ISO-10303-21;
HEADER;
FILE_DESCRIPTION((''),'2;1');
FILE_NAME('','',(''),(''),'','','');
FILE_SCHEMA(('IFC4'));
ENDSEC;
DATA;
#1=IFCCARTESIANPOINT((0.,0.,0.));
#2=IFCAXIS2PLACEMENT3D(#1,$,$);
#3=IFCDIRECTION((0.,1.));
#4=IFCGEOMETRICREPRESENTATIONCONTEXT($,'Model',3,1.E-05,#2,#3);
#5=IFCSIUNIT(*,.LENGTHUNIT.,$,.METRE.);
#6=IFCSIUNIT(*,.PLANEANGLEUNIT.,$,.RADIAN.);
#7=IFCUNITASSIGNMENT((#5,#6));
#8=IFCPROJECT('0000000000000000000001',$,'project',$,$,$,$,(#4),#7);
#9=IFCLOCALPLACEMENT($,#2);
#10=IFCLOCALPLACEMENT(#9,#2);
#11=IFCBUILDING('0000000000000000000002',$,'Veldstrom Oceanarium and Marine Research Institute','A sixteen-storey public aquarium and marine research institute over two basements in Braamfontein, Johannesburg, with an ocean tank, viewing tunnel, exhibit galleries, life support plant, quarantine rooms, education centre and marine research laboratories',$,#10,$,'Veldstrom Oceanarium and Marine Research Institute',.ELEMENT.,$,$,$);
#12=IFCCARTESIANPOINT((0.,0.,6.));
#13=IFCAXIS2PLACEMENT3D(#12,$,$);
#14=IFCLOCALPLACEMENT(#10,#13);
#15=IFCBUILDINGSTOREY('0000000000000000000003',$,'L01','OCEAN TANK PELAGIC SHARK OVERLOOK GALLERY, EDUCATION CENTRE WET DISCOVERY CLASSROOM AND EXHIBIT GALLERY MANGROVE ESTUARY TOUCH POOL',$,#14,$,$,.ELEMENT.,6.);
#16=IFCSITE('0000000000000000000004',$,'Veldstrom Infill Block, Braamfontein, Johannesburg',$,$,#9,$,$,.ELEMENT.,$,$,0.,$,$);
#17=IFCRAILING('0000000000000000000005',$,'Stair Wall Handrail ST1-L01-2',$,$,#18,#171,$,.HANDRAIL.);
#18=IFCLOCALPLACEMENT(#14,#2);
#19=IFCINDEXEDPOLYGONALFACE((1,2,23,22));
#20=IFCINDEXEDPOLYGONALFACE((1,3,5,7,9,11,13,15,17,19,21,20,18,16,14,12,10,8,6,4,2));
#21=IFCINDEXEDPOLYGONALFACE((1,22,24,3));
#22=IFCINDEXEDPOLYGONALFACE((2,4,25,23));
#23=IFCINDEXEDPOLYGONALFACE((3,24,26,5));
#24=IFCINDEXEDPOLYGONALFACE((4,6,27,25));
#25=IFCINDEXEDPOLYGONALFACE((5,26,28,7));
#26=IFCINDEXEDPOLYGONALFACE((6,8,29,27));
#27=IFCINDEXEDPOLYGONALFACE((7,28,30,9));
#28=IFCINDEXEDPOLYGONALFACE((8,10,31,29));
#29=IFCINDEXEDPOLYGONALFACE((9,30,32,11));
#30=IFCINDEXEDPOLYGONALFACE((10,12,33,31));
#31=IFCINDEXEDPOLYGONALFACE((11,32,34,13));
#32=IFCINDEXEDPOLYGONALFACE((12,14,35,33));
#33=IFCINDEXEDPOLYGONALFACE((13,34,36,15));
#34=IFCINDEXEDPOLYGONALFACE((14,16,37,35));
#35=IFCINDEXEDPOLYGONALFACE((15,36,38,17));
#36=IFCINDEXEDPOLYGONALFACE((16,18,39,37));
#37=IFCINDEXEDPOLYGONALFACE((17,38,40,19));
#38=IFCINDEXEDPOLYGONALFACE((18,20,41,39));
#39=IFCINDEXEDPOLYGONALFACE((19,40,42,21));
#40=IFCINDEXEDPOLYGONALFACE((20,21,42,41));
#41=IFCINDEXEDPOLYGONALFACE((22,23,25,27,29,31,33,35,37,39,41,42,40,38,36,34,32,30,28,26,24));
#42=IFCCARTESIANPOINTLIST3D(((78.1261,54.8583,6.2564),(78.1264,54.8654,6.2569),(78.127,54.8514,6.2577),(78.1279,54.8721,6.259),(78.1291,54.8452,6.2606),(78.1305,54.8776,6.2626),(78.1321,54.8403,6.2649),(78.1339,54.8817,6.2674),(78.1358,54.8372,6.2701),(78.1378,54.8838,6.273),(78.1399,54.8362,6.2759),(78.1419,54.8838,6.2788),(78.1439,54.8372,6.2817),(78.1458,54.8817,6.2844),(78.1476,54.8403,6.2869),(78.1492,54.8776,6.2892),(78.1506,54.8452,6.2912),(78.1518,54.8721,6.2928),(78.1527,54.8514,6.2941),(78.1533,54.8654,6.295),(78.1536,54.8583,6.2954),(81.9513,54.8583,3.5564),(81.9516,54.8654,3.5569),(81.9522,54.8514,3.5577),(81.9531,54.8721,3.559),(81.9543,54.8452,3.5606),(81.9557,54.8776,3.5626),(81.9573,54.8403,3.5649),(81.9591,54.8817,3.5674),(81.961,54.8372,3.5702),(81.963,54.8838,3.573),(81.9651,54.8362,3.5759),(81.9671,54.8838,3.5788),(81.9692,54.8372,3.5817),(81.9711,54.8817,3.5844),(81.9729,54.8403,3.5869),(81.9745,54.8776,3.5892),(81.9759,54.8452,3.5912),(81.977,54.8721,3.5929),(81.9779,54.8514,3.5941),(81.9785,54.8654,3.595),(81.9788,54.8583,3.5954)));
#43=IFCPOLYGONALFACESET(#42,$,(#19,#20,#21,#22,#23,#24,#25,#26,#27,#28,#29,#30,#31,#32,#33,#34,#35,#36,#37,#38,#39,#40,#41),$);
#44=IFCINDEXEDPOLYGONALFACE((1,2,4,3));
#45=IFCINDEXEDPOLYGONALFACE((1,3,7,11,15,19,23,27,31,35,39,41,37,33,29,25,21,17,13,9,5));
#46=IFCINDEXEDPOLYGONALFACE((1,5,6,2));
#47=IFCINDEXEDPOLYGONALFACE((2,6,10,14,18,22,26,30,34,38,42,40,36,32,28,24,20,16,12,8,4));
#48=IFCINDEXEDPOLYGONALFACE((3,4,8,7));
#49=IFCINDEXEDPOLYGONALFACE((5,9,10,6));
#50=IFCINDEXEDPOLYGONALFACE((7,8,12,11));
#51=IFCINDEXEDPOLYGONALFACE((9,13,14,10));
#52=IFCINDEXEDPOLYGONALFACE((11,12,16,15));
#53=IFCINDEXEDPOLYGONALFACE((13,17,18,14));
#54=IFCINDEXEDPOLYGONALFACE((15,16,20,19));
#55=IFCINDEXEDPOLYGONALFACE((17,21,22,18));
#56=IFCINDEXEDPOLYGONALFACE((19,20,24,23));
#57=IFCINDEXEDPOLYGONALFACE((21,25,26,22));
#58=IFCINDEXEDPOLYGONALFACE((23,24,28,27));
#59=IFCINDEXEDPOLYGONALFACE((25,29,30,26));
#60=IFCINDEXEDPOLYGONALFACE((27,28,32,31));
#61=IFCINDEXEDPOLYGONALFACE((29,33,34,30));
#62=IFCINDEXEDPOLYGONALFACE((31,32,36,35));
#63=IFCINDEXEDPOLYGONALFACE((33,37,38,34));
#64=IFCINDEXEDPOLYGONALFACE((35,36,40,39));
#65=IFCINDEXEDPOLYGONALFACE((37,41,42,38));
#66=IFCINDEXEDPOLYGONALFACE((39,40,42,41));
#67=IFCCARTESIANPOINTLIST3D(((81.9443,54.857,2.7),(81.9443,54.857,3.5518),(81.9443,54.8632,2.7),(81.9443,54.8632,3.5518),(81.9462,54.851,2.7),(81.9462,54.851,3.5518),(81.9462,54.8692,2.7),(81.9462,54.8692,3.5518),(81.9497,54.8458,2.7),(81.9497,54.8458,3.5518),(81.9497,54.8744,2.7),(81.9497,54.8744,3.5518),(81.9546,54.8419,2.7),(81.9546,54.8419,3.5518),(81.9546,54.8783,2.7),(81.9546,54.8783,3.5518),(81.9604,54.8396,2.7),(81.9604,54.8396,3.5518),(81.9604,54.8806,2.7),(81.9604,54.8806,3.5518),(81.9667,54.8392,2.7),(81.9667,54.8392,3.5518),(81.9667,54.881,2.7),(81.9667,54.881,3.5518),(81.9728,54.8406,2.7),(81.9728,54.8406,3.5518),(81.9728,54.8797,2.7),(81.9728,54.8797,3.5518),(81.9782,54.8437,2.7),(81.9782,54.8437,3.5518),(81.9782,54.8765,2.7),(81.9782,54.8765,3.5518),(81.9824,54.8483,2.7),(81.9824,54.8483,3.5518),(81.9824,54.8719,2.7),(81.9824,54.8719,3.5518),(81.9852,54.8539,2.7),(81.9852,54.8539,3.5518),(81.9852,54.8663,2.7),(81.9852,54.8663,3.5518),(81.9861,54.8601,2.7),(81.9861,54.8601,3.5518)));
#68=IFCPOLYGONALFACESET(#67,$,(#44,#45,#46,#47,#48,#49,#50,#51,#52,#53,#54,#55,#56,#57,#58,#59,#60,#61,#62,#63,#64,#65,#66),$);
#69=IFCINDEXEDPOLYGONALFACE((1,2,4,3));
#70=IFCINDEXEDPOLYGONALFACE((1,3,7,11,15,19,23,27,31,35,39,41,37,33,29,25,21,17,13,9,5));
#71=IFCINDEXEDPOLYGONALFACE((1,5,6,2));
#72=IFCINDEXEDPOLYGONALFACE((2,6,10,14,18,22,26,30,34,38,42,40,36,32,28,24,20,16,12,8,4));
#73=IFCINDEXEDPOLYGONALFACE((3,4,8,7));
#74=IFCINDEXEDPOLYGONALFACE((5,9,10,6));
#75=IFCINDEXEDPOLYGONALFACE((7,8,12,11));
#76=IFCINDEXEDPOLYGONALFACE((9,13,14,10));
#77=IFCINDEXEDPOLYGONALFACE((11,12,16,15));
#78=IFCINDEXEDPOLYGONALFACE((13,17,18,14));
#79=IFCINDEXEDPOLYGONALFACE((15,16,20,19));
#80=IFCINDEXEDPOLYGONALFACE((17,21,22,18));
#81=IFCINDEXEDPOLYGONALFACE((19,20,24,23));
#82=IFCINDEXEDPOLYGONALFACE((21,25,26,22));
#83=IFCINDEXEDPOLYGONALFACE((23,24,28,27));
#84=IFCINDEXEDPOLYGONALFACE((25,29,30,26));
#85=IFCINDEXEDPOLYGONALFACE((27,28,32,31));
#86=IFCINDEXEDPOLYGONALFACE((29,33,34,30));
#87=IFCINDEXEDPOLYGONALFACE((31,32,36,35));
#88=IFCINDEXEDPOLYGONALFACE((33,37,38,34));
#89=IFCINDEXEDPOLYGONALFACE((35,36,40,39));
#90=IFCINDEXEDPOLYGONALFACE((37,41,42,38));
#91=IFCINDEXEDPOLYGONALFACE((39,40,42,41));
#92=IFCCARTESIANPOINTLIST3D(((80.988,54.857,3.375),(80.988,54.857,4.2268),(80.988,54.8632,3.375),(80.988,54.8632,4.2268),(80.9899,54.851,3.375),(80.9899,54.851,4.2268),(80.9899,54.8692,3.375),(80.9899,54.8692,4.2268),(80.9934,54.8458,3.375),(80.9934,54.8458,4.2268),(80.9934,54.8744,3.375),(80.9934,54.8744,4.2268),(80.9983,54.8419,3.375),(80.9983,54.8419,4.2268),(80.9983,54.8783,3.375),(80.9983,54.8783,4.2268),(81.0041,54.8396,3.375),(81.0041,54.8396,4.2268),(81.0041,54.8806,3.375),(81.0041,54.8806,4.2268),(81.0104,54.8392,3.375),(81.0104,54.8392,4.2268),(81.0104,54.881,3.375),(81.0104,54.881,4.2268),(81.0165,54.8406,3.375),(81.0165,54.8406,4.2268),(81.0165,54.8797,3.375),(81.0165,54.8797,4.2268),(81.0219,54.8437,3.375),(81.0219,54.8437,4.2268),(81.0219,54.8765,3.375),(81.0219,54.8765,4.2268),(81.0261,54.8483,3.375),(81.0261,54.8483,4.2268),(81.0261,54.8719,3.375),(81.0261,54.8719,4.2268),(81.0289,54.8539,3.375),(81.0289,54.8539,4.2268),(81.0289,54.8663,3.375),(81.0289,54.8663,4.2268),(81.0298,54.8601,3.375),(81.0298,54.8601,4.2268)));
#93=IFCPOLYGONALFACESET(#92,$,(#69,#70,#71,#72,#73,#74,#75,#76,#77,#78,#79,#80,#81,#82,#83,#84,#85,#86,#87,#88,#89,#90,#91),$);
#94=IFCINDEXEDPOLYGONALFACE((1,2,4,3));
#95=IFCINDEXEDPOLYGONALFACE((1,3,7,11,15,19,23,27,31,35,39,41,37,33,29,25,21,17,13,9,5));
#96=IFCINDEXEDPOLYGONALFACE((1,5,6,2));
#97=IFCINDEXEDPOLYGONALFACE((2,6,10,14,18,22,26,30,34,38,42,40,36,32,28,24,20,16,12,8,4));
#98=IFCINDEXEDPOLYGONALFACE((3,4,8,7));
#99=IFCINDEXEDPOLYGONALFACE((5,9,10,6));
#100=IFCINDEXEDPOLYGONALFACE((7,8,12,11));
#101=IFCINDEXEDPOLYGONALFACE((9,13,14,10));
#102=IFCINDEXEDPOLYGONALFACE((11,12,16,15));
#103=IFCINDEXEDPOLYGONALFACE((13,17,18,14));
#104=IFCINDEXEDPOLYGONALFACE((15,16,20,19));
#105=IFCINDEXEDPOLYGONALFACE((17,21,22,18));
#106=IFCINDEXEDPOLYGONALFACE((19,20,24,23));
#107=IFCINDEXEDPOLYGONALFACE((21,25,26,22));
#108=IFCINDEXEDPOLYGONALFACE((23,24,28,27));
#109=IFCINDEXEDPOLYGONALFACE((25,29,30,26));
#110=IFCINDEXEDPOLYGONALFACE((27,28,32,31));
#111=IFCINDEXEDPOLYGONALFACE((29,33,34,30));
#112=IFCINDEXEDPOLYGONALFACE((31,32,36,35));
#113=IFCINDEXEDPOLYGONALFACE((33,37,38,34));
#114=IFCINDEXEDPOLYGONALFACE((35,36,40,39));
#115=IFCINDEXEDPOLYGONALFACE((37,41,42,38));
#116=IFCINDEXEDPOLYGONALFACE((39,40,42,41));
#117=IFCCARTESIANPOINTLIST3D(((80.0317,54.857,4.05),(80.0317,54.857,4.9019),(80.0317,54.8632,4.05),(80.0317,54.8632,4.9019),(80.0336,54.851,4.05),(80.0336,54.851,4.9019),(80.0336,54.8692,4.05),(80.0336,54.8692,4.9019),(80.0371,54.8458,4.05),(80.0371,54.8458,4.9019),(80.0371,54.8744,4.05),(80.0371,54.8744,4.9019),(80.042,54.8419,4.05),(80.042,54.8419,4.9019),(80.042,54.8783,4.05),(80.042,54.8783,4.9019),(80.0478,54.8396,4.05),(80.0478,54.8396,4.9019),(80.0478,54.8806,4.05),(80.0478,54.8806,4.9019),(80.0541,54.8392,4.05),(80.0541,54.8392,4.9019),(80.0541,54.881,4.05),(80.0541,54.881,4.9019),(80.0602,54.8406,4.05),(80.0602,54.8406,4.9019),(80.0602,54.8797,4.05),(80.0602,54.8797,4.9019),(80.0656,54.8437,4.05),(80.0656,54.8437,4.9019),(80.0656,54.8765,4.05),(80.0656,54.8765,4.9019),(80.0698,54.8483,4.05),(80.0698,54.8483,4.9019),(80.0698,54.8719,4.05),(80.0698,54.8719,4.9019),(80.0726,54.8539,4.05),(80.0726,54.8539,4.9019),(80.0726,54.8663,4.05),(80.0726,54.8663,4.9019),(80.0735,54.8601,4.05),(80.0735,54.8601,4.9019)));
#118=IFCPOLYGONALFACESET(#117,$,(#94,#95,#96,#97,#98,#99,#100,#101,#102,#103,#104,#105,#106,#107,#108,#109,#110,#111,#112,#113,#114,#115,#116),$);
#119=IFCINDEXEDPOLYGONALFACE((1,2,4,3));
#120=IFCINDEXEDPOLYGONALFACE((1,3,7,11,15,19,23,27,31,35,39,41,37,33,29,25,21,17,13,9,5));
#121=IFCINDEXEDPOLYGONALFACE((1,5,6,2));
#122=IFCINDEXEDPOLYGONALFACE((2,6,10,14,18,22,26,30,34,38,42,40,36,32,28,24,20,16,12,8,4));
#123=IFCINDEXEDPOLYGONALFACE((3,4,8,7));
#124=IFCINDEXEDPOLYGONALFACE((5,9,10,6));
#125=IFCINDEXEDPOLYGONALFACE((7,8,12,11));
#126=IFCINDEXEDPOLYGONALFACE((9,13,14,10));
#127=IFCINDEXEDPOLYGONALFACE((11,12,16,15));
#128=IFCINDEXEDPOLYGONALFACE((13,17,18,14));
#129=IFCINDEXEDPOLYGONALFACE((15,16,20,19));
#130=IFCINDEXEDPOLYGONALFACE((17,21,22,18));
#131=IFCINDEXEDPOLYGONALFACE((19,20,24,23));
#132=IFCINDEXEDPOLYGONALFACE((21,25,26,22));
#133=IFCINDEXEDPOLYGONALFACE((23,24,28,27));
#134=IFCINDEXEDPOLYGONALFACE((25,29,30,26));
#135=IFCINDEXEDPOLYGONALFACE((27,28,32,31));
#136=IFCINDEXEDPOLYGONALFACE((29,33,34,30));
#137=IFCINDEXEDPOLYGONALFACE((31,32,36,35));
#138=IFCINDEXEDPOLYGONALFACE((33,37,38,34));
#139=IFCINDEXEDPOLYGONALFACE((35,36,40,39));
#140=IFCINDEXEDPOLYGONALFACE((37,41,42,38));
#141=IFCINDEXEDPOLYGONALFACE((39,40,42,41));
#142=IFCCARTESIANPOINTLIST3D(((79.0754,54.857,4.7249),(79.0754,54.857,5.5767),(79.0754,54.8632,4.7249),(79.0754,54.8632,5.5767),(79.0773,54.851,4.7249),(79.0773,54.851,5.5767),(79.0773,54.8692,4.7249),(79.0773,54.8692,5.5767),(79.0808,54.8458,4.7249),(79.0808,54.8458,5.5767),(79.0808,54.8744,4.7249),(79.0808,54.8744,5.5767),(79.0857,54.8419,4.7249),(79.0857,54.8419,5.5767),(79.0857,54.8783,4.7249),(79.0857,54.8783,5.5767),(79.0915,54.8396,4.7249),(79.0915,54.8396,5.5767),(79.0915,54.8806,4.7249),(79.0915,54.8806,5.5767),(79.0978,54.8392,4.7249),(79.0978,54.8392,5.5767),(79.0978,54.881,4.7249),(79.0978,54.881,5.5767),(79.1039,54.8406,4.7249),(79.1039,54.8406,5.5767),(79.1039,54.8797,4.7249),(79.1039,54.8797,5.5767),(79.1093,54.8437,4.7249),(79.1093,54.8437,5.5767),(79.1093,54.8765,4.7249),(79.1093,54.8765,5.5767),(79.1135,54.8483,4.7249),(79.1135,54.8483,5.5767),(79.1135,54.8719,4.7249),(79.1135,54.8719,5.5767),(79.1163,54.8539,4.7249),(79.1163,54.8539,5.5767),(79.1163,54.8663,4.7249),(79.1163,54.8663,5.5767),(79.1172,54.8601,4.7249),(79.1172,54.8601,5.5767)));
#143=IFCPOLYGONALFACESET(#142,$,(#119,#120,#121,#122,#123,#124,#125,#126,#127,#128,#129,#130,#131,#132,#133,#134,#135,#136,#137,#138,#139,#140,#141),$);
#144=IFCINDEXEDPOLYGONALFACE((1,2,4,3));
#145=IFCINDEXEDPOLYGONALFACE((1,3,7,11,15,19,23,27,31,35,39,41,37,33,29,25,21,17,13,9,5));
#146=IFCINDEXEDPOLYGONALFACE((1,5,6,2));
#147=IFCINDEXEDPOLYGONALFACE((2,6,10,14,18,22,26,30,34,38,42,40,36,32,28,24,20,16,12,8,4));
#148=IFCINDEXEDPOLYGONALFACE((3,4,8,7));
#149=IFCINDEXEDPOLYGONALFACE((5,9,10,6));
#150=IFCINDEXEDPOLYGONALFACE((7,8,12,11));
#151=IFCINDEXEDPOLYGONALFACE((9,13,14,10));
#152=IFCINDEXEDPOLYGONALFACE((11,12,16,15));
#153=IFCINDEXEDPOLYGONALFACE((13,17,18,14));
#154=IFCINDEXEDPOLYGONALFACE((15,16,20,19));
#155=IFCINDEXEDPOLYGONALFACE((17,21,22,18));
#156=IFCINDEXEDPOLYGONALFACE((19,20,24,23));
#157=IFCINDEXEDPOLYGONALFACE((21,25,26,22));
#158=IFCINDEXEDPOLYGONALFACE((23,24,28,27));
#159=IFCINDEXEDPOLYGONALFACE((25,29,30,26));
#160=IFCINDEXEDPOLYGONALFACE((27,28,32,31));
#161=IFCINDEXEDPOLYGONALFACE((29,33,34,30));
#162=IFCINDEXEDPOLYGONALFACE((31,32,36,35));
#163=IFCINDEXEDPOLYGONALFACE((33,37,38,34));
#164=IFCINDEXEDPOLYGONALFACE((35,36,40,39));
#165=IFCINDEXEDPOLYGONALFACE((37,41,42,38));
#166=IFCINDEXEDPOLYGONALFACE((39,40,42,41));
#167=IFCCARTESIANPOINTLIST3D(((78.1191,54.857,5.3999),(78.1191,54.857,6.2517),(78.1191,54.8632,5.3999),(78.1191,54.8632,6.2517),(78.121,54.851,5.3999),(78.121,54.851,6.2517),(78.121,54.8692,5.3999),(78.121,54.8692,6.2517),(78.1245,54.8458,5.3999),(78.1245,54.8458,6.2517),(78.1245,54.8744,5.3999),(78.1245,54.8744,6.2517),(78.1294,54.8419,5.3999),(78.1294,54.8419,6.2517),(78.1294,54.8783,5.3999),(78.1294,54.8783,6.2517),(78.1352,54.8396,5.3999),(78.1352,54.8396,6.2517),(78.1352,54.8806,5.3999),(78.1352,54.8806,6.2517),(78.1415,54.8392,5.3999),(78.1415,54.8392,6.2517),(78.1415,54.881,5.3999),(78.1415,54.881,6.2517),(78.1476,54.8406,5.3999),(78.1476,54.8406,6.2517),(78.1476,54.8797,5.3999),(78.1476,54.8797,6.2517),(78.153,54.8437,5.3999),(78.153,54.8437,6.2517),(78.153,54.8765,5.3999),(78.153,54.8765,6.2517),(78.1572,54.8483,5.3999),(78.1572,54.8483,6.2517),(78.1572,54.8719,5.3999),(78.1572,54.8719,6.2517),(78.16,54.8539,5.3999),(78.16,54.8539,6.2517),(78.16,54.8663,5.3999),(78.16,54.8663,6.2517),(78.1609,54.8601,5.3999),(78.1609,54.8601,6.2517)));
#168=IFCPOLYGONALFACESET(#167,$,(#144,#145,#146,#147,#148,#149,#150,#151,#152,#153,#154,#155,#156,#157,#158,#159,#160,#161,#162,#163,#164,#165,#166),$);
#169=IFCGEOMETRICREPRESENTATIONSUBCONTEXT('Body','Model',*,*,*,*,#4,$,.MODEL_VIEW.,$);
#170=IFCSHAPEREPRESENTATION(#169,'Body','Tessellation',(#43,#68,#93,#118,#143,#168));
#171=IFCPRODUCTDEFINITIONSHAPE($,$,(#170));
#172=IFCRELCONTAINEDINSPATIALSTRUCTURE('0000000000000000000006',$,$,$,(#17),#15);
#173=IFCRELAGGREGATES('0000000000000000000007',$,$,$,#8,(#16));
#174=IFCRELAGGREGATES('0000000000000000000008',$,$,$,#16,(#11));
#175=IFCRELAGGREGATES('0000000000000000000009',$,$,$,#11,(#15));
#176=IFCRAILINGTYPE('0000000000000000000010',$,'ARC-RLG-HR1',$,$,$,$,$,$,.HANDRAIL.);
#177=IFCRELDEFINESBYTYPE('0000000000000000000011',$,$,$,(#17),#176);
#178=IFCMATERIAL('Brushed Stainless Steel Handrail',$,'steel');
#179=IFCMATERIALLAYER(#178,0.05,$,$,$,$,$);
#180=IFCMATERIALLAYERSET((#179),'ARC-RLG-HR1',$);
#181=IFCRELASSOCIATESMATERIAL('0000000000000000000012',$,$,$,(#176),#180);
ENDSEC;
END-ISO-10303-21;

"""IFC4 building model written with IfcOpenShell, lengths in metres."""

from ifc_helpers import new_model, si_unit, direction, frame, origin, origin_2d, place, context, subcontext, project, spatial, circle, extrude, material, layer, layer_set, type_object, element, save


model = new_model("IFC4")

# Units and contexts
model_context = context("Model", 3, precision=1e-05, world=origin(), true_north=direction((0.0, 1.0)))
body_context = subcontext(model_context, "Body", "Model", "MODEL_VIEW")
ifc_project = project(units=[si_unit("LENGTHUNIT", "METRE"), si_unit("PLANEANGLEUNIT", "RADIAN")], contexts=[model_context])

# Site, building, storey
site_placement = place(None, origin())
site = spatial("IfcSite", under=ifc_project, at=site_placement, Name="Veldstrom Infill Block, Braamfontein, Johannesburg", CompositionType="ELEMENT", RefElevation=0.0)
building_placement = place(site_placement, origin())
building = spatial("IfcBuilding", under=site, at=building_placement, Name="Veldstrom Oceanarium and Marine Research Institute", Description="A sixteen-storey public aquarium and marine research institute over two basements in Braamfontein, Johannesburg, with an ocean tank, viewing tunnel, exhibit galleries, life support plant, quarantine rooms, education centre and marine research laboratories", LongName="Veldstrom Oceanarium and Marine Research Institute", CompositionType="ELEMENT")
storey_placement = place(building_placement, frame((0.0, 0.0, 6.0)))
storey = spatial("IfcBuildingStorey", under=building, at=storey_placement, Name="L01", Description="OCEAN TANK PELAGIC SHARK OVERLOOK GALLERY, EDUCATION CENTRE WET DISCOVERY CLASSROOM AND EXHIBIT GALLERY MANGROVE ESTUARY TOUCH POOL", CompositionType="ELEMENT", Elevation=6.0)

# Railing
ifc_material_1 = material(Name="Brushed Stainless Steel Handrail", Category="steel")
ifc_layer_1 = layer(ifc_material_1, 0.05)
ifc_layer_set_1 = layer_set([ifc_layer_1], Name="ARC-RLG-HR1")
railing_type_1 = type_object("IfcRailingType", Name="ARC-RLG-HR1", PredefinedType="HANDRAIL", material=ifc_layer_set_1)
railing_1_placement = place(storey_placement, frame((81.9651, 54.8601, 2.7)))
element("IfcRailing", 1, at=railing_1_placement, inside=storey, type_object=railing_type_1, Name="Stair Wall Handrail ST1-L01-2", PredefinedType="HANDRAIL", context=body_context, shape_type="SweptSolid", body=[
    extrude(circle(Radius=0.0239, at=origin_2d()), frame((0.0, 0.0, 0.876), z_axis=(-0.816987, 0.0, 0.576657), x_axis=(0.0, -1.0, 0.0)), (0.0, 0.0, 1.0), 4.6821),
    extrude(circle(Radius=0.021, at=origin_2d()), origin(), (0.0, 0.0, 1.0), 0.8518),
    extrude(circle(Radius=0.021, at=origin_2d()), frame((-0.9563, 0.0, 0.675)), (0.0, 0.0, 1.0), 0.8518),
    extrude(circle(Radius=0.021, at=origin_2d()), frame((-1.9126, 0.0, 1.3501)), (0.0, 0.0, 1.0), 0.8518),
    extrude(circle(Radius=0.021, at=origin_2d()), frame((-2.8689, 0.0, 2.0249)), (0.0, 0.0, 1.0), 0.8518),
    extrude(circle(Radius=0.021, at=origin_2d()), frame((-3.8252, 0.0, 2.7)), (0.0, 0.0, 1.0), 0.8518),
])

save(model, "model.ifc")
